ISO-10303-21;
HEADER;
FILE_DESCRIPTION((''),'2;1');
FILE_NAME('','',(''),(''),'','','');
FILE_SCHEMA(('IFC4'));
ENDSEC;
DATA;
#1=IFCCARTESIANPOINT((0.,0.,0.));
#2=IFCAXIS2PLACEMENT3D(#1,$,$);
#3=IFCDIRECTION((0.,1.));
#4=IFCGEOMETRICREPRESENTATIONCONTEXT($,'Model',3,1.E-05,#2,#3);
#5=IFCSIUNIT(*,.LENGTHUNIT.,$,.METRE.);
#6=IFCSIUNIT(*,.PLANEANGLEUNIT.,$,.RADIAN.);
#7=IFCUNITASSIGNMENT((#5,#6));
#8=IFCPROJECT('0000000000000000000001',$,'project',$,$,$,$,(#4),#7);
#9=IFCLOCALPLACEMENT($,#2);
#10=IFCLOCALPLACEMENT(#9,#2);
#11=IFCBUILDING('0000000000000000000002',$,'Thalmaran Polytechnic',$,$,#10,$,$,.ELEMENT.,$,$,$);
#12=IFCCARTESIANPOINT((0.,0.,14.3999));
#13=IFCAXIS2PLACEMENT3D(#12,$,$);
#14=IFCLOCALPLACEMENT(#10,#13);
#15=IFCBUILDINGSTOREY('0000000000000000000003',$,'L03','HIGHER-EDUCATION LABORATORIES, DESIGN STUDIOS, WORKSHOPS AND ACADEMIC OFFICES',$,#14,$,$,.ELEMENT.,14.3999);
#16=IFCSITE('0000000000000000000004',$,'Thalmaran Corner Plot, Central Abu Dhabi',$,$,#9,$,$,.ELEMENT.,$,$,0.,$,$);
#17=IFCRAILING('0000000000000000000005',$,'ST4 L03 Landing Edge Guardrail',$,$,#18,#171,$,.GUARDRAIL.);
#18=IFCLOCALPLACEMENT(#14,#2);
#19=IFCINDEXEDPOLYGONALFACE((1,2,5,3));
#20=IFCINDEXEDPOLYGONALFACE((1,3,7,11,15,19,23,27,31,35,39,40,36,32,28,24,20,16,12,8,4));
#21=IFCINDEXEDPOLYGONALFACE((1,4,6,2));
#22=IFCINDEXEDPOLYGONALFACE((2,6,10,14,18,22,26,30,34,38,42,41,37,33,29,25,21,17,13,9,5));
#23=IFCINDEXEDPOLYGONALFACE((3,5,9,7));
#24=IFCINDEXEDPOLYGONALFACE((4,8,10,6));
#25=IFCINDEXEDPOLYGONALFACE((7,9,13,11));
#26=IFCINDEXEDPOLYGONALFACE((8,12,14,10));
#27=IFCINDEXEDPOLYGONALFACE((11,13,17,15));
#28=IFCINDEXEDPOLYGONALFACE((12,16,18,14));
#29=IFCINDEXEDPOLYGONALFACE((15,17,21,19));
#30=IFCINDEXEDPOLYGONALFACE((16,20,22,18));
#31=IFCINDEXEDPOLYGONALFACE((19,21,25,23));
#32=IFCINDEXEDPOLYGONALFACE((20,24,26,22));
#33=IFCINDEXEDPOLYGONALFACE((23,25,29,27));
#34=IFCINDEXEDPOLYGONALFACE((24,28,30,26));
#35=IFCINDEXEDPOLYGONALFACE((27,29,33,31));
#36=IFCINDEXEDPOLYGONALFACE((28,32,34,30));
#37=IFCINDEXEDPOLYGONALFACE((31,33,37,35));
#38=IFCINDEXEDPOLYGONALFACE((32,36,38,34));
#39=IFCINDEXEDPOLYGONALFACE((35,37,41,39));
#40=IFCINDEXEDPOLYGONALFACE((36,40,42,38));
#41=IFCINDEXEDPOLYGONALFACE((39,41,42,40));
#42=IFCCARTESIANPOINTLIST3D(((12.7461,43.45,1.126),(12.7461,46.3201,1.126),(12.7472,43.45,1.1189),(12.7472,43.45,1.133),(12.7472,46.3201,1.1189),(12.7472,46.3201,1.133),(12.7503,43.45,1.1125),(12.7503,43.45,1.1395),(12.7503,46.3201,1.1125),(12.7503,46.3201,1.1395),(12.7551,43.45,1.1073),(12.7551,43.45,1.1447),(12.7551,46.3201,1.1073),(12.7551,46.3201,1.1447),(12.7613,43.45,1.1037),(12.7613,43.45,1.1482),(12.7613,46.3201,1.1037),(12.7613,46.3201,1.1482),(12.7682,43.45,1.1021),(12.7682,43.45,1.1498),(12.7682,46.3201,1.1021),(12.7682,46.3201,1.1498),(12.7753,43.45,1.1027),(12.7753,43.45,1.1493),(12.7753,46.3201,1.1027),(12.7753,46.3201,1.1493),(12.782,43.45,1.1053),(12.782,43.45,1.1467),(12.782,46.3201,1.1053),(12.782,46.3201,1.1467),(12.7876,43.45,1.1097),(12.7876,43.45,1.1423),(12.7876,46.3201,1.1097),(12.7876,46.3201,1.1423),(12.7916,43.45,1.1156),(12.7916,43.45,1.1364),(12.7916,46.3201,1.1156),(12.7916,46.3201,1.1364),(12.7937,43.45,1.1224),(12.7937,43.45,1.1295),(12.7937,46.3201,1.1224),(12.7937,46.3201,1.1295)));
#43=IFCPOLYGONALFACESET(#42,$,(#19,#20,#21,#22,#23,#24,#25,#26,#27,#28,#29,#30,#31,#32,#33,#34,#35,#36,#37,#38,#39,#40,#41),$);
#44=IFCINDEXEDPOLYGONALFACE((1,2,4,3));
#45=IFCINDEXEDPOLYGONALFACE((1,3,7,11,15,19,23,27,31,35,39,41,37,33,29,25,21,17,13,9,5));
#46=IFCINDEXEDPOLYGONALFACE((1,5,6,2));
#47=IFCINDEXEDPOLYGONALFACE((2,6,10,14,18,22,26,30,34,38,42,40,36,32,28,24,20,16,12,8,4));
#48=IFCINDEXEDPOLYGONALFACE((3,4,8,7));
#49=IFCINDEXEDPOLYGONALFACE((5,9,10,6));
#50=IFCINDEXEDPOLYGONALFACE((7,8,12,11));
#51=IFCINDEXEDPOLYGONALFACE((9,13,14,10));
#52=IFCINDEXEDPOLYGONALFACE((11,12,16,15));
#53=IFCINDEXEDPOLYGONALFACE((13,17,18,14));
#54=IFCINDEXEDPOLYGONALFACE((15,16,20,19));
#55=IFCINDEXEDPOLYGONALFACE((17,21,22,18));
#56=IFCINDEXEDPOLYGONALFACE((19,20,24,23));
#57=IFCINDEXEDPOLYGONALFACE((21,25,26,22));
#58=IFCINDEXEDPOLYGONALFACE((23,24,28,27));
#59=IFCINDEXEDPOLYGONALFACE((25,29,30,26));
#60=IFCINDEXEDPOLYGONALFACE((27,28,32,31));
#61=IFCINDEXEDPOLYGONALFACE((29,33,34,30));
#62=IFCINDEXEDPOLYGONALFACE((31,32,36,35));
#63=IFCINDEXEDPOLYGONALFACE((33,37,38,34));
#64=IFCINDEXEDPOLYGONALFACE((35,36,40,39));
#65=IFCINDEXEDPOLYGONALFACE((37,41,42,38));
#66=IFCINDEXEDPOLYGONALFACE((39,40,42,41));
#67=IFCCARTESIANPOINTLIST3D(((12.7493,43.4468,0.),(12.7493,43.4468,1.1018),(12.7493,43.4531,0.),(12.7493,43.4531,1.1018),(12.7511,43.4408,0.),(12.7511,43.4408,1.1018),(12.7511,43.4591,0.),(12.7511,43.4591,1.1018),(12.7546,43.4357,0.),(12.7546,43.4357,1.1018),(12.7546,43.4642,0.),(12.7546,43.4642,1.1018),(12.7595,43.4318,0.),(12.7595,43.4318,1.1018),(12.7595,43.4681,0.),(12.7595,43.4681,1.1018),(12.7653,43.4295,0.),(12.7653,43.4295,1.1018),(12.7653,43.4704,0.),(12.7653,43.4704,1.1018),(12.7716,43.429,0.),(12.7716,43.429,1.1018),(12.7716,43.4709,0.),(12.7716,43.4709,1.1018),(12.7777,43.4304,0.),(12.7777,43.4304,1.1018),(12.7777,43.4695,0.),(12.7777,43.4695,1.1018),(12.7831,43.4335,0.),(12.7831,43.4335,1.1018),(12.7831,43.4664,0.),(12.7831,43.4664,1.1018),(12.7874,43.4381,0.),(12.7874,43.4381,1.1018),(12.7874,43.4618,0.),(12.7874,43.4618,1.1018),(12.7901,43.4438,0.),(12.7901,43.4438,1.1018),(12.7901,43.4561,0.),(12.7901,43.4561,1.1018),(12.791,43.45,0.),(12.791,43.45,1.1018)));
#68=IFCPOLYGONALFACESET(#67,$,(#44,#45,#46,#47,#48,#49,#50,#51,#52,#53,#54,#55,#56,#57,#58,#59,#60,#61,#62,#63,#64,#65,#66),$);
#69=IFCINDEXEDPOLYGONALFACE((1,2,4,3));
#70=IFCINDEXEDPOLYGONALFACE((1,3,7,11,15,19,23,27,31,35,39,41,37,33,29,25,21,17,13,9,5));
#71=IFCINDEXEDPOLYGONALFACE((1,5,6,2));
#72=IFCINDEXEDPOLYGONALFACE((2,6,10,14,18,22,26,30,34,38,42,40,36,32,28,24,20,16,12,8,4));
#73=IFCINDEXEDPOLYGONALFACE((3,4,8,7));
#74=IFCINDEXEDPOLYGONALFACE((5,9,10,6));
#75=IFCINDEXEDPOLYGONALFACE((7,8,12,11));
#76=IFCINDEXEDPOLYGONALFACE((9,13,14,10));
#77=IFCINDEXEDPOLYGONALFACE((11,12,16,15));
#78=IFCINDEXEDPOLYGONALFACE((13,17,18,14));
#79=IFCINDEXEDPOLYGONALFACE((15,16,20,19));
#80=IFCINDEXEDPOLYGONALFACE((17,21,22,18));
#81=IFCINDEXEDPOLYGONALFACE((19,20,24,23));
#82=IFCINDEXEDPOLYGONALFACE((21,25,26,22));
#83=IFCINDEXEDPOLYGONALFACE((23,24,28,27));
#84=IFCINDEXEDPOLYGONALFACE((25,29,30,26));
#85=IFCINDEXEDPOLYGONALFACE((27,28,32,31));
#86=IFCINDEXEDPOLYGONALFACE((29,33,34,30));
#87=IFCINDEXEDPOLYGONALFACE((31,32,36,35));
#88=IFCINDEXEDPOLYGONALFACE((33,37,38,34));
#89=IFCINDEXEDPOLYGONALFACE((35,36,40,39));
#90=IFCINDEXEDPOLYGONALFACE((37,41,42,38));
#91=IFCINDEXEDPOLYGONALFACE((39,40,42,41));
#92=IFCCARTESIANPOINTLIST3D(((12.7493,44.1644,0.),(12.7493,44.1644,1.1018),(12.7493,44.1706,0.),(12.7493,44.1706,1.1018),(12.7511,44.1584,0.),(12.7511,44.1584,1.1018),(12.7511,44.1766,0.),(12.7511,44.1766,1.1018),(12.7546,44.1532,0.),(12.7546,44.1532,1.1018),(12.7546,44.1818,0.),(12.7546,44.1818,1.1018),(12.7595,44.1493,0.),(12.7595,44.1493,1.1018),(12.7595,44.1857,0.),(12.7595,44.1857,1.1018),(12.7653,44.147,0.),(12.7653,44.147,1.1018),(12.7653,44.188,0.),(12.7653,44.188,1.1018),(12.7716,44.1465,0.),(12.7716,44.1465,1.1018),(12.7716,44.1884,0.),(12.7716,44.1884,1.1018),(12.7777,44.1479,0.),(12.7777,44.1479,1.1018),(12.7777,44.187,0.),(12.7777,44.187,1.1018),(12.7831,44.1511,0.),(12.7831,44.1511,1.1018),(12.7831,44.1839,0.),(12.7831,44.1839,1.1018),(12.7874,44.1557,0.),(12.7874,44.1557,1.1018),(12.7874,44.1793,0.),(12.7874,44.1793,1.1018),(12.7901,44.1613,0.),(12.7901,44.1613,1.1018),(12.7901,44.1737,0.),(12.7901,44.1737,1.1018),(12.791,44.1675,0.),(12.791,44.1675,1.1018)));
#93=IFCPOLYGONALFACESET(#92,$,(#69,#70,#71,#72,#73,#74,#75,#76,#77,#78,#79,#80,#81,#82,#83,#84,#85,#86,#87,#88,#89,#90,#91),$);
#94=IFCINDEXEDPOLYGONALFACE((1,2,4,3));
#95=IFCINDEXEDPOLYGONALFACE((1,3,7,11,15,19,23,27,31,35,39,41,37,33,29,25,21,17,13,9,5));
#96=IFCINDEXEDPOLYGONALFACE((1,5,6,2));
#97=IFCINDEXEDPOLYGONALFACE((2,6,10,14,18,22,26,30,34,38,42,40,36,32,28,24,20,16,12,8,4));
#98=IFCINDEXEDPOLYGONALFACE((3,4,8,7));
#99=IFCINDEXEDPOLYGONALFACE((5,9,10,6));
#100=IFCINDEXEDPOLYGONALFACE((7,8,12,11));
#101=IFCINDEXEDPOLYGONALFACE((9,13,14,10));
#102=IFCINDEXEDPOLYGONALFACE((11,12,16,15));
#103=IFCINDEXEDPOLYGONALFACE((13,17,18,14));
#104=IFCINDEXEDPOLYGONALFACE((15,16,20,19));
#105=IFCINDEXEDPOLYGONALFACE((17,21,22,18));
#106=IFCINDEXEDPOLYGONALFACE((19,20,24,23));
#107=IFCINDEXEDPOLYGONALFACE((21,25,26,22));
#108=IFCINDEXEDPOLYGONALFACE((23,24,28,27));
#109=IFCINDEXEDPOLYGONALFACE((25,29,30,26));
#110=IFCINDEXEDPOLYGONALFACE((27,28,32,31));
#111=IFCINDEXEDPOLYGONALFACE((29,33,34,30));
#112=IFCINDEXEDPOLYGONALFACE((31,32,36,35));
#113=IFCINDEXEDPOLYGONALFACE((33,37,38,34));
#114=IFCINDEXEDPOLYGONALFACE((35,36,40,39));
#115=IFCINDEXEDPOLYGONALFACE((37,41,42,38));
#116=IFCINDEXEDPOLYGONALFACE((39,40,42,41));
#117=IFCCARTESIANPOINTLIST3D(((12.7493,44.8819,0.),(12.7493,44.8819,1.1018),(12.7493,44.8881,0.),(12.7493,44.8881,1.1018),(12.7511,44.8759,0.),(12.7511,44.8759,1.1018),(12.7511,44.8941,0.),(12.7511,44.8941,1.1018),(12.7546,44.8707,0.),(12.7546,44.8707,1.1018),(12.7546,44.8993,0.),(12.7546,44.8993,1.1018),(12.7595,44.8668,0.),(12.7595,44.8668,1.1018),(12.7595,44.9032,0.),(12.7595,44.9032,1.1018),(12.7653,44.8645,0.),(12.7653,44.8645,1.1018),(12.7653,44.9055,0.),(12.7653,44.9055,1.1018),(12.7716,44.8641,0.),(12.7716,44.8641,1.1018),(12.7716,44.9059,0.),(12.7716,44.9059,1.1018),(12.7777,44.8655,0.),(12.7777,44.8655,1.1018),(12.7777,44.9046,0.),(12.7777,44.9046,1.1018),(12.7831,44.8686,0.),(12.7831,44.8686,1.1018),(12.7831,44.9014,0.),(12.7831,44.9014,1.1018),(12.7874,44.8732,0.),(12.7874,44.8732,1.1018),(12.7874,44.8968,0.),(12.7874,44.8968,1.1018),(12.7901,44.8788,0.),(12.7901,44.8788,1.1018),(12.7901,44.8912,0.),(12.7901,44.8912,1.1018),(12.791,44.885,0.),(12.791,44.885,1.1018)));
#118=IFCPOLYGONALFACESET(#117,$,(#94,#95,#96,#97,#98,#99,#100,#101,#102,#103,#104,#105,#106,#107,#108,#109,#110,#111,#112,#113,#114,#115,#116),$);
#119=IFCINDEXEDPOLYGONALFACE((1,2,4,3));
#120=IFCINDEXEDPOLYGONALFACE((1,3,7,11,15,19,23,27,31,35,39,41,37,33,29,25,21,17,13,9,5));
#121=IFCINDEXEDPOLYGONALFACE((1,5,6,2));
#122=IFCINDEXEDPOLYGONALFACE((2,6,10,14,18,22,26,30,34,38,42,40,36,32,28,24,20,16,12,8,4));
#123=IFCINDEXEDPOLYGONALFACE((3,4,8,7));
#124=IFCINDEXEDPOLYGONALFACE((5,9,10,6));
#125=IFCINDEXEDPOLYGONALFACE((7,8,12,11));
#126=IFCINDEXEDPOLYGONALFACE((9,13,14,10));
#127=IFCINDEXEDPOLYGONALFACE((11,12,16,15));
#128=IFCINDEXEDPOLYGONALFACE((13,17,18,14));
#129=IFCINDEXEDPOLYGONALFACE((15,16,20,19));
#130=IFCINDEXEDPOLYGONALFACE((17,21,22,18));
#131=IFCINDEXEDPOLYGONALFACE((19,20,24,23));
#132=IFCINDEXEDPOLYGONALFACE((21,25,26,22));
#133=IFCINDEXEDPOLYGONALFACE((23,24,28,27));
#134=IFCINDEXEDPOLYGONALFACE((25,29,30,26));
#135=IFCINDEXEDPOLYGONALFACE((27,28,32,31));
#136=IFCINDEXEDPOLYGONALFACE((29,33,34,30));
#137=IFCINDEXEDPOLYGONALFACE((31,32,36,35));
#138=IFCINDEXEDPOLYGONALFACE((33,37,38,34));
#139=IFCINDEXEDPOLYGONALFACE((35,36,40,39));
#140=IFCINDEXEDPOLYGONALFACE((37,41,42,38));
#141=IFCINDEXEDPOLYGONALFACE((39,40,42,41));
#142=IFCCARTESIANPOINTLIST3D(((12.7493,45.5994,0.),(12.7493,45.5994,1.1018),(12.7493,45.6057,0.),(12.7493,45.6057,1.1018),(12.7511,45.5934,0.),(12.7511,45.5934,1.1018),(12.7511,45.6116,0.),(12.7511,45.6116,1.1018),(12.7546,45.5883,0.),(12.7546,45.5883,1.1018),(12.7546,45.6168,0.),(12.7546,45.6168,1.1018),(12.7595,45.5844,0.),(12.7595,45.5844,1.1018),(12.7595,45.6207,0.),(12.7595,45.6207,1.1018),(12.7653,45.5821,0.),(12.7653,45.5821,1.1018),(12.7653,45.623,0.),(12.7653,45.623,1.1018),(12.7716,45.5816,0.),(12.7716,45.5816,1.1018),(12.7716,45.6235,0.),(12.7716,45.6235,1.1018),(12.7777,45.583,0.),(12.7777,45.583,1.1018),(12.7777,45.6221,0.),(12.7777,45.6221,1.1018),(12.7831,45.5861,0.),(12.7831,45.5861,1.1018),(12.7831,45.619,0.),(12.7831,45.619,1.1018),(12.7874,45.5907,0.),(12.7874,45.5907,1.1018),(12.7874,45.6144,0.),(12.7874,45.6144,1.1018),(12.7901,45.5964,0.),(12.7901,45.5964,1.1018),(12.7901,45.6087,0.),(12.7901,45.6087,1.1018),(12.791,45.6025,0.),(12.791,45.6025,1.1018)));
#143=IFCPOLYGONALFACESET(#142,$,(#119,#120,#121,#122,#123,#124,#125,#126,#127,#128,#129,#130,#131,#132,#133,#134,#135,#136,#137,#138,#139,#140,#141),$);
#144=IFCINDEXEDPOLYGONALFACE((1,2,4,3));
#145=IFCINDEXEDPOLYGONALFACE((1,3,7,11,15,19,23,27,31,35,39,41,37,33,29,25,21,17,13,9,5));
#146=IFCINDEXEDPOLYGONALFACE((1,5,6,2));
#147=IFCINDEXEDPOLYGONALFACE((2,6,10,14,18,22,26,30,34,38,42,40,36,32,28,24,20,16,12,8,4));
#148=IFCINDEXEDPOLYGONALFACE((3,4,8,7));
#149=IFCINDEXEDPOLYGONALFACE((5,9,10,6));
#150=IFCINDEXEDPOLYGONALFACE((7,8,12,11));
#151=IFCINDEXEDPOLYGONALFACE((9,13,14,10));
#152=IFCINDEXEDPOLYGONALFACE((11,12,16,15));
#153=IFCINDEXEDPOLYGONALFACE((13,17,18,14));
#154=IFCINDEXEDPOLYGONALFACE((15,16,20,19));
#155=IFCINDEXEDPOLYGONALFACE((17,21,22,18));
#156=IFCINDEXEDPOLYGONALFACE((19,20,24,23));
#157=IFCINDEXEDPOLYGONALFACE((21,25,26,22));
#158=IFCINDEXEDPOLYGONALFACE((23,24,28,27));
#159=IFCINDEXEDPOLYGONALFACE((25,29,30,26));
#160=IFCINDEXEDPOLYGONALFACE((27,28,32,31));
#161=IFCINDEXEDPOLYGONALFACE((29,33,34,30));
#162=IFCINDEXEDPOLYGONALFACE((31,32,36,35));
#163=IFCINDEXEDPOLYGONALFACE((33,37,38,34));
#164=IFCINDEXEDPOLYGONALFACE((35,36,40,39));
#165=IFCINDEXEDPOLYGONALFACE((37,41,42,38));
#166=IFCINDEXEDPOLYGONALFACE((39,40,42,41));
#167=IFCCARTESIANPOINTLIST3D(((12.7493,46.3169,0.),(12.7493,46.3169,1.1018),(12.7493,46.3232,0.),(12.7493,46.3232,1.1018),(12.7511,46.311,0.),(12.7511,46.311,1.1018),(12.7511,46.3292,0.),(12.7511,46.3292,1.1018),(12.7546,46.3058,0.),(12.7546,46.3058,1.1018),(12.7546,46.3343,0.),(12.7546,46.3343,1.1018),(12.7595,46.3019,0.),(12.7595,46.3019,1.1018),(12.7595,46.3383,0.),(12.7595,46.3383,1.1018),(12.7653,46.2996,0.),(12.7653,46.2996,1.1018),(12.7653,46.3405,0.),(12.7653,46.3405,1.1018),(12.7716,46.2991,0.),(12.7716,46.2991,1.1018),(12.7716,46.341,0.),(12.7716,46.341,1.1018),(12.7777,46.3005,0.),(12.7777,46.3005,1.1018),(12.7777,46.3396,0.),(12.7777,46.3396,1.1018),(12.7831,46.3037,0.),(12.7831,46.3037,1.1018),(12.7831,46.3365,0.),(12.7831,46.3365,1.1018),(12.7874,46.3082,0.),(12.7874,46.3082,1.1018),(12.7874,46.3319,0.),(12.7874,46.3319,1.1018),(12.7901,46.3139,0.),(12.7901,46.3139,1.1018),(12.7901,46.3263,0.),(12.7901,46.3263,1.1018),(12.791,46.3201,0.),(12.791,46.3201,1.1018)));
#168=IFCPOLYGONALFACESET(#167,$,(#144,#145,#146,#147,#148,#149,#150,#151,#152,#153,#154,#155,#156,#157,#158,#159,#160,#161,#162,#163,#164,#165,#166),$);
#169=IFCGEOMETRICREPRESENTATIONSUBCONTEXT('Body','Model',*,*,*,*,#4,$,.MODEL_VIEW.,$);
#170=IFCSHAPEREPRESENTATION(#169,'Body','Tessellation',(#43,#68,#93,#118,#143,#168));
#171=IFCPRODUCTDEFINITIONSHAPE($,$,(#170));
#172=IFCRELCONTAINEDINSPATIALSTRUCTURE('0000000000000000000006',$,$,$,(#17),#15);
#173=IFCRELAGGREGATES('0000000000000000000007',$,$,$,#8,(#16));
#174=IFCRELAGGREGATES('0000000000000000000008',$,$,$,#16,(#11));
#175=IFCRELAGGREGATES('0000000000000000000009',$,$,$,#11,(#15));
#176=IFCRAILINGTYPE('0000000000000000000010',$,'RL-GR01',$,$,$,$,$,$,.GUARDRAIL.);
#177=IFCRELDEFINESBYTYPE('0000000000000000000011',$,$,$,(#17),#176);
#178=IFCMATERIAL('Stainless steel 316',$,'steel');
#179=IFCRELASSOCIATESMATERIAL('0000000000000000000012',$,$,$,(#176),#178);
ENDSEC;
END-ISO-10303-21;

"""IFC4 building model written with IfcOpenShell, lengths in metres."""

from ifc_helpers import new_model, si_unit, direction, frame, origin, origin_2d, place, context, subcontext, project, spatial, circle, extrude, material, type_object, element, save


model = new_model("IFC4")

# Units and contexts
model_context = context("Model", 3, precision=1e-05, world=origin(), true_north=direction((0.0, 1.0)))
body_context = subcontext(model_context, "Body", "Model", "MODEL_VIEW")
ifc_project = project(units=[si_unit("LENGTHUNIT", "METRE"), si_unit("PLANEANGLEUNIT", "RADIAN")], contexts=[model_context])

# Site, building, storey
site_placement = place(None, origin())
site = spatial("IfcSite", under=ifc_project, at=site_placement, Name="Thalmaran Corner Plot, Central Abu Dhabi", CompositionType="ELEMENT", RefElevation=0.0)
building_placement = place(site_placement, origin())
building = spatial("IfcBuilding", under=site, at=building_placement, Name="Thalmaran Polytechnic", CompositionType="ELEMENT")
storey_placement = place(building_placement, frame((0.0, 0.0, 14.3999)))
storey = spatial("IfcBuildingStorey", under=building, at=storey_placement, Name="L03", Description="HIGHER-EDUCATION LABORATORIES, DESIGN STUDIOS, WORKSHOPS AND ACADEMIC OFFICES", CompositionType="ELEMENT", Elevation=14.3999)

# Railing
ifc_material_1 = material(Name="Stainless steel 316", Category="steel")
railing_type_1 = type_object("IfcRailingType", Name="RL-GR01", PredefinedType="GUARDRAIL", material=ifc_material_1)
railing_1_placement = place(storey_placement, frame((12.77, 43.45, 0.0)))
element("IfcRailing", 1, at=railing_1_placement, inside=storey, type_object=railing_type_1, Name="ST4 L03 Landing Edge Guardrail", PredefinedType="GUARDRAIL", context=body_context, shape_type="SweptSolid", body=[
    extrude(circle(Radius=0.0239, at=origin_2d()), frame((0.0, 0.0, 1.126), z_axis=(0.0, 1.0, 0.0), x_axis=(-1.0, 0.0, 0.0)), (0.0, 0.0, 1.0), 2.8701),
    extrude(circle(Radius=0.021, at=origin_2d()), origin(), (0.0, 0.0, 1.0), 1.1018),
    extrude(circle(Radius=0.021, at=origin_2d()), frame((0.0, 0.7175, 0.0)), (0.0, 0.0, 1.0), 1.1018),
    extrude(circle(Radius=0.021, at=origin_2d()), frame((0.0, 1.4351, 0.0)), (0.0, 0.0, 1.0), 1.1018),
    extrude(circle(Radius=0.021, at=origin_2d()), frame((0.0, 2.1526, 0.0)), (0.0, 0.0, 1.0), 1.1018),
    extrude(circle(Radius=0.021, at=origin_2d()), frame((0.0, 2.8701, 0.0)), (0.0, 0.0, 1.0), 1.1018),
])

save(model, "model.ifc")
